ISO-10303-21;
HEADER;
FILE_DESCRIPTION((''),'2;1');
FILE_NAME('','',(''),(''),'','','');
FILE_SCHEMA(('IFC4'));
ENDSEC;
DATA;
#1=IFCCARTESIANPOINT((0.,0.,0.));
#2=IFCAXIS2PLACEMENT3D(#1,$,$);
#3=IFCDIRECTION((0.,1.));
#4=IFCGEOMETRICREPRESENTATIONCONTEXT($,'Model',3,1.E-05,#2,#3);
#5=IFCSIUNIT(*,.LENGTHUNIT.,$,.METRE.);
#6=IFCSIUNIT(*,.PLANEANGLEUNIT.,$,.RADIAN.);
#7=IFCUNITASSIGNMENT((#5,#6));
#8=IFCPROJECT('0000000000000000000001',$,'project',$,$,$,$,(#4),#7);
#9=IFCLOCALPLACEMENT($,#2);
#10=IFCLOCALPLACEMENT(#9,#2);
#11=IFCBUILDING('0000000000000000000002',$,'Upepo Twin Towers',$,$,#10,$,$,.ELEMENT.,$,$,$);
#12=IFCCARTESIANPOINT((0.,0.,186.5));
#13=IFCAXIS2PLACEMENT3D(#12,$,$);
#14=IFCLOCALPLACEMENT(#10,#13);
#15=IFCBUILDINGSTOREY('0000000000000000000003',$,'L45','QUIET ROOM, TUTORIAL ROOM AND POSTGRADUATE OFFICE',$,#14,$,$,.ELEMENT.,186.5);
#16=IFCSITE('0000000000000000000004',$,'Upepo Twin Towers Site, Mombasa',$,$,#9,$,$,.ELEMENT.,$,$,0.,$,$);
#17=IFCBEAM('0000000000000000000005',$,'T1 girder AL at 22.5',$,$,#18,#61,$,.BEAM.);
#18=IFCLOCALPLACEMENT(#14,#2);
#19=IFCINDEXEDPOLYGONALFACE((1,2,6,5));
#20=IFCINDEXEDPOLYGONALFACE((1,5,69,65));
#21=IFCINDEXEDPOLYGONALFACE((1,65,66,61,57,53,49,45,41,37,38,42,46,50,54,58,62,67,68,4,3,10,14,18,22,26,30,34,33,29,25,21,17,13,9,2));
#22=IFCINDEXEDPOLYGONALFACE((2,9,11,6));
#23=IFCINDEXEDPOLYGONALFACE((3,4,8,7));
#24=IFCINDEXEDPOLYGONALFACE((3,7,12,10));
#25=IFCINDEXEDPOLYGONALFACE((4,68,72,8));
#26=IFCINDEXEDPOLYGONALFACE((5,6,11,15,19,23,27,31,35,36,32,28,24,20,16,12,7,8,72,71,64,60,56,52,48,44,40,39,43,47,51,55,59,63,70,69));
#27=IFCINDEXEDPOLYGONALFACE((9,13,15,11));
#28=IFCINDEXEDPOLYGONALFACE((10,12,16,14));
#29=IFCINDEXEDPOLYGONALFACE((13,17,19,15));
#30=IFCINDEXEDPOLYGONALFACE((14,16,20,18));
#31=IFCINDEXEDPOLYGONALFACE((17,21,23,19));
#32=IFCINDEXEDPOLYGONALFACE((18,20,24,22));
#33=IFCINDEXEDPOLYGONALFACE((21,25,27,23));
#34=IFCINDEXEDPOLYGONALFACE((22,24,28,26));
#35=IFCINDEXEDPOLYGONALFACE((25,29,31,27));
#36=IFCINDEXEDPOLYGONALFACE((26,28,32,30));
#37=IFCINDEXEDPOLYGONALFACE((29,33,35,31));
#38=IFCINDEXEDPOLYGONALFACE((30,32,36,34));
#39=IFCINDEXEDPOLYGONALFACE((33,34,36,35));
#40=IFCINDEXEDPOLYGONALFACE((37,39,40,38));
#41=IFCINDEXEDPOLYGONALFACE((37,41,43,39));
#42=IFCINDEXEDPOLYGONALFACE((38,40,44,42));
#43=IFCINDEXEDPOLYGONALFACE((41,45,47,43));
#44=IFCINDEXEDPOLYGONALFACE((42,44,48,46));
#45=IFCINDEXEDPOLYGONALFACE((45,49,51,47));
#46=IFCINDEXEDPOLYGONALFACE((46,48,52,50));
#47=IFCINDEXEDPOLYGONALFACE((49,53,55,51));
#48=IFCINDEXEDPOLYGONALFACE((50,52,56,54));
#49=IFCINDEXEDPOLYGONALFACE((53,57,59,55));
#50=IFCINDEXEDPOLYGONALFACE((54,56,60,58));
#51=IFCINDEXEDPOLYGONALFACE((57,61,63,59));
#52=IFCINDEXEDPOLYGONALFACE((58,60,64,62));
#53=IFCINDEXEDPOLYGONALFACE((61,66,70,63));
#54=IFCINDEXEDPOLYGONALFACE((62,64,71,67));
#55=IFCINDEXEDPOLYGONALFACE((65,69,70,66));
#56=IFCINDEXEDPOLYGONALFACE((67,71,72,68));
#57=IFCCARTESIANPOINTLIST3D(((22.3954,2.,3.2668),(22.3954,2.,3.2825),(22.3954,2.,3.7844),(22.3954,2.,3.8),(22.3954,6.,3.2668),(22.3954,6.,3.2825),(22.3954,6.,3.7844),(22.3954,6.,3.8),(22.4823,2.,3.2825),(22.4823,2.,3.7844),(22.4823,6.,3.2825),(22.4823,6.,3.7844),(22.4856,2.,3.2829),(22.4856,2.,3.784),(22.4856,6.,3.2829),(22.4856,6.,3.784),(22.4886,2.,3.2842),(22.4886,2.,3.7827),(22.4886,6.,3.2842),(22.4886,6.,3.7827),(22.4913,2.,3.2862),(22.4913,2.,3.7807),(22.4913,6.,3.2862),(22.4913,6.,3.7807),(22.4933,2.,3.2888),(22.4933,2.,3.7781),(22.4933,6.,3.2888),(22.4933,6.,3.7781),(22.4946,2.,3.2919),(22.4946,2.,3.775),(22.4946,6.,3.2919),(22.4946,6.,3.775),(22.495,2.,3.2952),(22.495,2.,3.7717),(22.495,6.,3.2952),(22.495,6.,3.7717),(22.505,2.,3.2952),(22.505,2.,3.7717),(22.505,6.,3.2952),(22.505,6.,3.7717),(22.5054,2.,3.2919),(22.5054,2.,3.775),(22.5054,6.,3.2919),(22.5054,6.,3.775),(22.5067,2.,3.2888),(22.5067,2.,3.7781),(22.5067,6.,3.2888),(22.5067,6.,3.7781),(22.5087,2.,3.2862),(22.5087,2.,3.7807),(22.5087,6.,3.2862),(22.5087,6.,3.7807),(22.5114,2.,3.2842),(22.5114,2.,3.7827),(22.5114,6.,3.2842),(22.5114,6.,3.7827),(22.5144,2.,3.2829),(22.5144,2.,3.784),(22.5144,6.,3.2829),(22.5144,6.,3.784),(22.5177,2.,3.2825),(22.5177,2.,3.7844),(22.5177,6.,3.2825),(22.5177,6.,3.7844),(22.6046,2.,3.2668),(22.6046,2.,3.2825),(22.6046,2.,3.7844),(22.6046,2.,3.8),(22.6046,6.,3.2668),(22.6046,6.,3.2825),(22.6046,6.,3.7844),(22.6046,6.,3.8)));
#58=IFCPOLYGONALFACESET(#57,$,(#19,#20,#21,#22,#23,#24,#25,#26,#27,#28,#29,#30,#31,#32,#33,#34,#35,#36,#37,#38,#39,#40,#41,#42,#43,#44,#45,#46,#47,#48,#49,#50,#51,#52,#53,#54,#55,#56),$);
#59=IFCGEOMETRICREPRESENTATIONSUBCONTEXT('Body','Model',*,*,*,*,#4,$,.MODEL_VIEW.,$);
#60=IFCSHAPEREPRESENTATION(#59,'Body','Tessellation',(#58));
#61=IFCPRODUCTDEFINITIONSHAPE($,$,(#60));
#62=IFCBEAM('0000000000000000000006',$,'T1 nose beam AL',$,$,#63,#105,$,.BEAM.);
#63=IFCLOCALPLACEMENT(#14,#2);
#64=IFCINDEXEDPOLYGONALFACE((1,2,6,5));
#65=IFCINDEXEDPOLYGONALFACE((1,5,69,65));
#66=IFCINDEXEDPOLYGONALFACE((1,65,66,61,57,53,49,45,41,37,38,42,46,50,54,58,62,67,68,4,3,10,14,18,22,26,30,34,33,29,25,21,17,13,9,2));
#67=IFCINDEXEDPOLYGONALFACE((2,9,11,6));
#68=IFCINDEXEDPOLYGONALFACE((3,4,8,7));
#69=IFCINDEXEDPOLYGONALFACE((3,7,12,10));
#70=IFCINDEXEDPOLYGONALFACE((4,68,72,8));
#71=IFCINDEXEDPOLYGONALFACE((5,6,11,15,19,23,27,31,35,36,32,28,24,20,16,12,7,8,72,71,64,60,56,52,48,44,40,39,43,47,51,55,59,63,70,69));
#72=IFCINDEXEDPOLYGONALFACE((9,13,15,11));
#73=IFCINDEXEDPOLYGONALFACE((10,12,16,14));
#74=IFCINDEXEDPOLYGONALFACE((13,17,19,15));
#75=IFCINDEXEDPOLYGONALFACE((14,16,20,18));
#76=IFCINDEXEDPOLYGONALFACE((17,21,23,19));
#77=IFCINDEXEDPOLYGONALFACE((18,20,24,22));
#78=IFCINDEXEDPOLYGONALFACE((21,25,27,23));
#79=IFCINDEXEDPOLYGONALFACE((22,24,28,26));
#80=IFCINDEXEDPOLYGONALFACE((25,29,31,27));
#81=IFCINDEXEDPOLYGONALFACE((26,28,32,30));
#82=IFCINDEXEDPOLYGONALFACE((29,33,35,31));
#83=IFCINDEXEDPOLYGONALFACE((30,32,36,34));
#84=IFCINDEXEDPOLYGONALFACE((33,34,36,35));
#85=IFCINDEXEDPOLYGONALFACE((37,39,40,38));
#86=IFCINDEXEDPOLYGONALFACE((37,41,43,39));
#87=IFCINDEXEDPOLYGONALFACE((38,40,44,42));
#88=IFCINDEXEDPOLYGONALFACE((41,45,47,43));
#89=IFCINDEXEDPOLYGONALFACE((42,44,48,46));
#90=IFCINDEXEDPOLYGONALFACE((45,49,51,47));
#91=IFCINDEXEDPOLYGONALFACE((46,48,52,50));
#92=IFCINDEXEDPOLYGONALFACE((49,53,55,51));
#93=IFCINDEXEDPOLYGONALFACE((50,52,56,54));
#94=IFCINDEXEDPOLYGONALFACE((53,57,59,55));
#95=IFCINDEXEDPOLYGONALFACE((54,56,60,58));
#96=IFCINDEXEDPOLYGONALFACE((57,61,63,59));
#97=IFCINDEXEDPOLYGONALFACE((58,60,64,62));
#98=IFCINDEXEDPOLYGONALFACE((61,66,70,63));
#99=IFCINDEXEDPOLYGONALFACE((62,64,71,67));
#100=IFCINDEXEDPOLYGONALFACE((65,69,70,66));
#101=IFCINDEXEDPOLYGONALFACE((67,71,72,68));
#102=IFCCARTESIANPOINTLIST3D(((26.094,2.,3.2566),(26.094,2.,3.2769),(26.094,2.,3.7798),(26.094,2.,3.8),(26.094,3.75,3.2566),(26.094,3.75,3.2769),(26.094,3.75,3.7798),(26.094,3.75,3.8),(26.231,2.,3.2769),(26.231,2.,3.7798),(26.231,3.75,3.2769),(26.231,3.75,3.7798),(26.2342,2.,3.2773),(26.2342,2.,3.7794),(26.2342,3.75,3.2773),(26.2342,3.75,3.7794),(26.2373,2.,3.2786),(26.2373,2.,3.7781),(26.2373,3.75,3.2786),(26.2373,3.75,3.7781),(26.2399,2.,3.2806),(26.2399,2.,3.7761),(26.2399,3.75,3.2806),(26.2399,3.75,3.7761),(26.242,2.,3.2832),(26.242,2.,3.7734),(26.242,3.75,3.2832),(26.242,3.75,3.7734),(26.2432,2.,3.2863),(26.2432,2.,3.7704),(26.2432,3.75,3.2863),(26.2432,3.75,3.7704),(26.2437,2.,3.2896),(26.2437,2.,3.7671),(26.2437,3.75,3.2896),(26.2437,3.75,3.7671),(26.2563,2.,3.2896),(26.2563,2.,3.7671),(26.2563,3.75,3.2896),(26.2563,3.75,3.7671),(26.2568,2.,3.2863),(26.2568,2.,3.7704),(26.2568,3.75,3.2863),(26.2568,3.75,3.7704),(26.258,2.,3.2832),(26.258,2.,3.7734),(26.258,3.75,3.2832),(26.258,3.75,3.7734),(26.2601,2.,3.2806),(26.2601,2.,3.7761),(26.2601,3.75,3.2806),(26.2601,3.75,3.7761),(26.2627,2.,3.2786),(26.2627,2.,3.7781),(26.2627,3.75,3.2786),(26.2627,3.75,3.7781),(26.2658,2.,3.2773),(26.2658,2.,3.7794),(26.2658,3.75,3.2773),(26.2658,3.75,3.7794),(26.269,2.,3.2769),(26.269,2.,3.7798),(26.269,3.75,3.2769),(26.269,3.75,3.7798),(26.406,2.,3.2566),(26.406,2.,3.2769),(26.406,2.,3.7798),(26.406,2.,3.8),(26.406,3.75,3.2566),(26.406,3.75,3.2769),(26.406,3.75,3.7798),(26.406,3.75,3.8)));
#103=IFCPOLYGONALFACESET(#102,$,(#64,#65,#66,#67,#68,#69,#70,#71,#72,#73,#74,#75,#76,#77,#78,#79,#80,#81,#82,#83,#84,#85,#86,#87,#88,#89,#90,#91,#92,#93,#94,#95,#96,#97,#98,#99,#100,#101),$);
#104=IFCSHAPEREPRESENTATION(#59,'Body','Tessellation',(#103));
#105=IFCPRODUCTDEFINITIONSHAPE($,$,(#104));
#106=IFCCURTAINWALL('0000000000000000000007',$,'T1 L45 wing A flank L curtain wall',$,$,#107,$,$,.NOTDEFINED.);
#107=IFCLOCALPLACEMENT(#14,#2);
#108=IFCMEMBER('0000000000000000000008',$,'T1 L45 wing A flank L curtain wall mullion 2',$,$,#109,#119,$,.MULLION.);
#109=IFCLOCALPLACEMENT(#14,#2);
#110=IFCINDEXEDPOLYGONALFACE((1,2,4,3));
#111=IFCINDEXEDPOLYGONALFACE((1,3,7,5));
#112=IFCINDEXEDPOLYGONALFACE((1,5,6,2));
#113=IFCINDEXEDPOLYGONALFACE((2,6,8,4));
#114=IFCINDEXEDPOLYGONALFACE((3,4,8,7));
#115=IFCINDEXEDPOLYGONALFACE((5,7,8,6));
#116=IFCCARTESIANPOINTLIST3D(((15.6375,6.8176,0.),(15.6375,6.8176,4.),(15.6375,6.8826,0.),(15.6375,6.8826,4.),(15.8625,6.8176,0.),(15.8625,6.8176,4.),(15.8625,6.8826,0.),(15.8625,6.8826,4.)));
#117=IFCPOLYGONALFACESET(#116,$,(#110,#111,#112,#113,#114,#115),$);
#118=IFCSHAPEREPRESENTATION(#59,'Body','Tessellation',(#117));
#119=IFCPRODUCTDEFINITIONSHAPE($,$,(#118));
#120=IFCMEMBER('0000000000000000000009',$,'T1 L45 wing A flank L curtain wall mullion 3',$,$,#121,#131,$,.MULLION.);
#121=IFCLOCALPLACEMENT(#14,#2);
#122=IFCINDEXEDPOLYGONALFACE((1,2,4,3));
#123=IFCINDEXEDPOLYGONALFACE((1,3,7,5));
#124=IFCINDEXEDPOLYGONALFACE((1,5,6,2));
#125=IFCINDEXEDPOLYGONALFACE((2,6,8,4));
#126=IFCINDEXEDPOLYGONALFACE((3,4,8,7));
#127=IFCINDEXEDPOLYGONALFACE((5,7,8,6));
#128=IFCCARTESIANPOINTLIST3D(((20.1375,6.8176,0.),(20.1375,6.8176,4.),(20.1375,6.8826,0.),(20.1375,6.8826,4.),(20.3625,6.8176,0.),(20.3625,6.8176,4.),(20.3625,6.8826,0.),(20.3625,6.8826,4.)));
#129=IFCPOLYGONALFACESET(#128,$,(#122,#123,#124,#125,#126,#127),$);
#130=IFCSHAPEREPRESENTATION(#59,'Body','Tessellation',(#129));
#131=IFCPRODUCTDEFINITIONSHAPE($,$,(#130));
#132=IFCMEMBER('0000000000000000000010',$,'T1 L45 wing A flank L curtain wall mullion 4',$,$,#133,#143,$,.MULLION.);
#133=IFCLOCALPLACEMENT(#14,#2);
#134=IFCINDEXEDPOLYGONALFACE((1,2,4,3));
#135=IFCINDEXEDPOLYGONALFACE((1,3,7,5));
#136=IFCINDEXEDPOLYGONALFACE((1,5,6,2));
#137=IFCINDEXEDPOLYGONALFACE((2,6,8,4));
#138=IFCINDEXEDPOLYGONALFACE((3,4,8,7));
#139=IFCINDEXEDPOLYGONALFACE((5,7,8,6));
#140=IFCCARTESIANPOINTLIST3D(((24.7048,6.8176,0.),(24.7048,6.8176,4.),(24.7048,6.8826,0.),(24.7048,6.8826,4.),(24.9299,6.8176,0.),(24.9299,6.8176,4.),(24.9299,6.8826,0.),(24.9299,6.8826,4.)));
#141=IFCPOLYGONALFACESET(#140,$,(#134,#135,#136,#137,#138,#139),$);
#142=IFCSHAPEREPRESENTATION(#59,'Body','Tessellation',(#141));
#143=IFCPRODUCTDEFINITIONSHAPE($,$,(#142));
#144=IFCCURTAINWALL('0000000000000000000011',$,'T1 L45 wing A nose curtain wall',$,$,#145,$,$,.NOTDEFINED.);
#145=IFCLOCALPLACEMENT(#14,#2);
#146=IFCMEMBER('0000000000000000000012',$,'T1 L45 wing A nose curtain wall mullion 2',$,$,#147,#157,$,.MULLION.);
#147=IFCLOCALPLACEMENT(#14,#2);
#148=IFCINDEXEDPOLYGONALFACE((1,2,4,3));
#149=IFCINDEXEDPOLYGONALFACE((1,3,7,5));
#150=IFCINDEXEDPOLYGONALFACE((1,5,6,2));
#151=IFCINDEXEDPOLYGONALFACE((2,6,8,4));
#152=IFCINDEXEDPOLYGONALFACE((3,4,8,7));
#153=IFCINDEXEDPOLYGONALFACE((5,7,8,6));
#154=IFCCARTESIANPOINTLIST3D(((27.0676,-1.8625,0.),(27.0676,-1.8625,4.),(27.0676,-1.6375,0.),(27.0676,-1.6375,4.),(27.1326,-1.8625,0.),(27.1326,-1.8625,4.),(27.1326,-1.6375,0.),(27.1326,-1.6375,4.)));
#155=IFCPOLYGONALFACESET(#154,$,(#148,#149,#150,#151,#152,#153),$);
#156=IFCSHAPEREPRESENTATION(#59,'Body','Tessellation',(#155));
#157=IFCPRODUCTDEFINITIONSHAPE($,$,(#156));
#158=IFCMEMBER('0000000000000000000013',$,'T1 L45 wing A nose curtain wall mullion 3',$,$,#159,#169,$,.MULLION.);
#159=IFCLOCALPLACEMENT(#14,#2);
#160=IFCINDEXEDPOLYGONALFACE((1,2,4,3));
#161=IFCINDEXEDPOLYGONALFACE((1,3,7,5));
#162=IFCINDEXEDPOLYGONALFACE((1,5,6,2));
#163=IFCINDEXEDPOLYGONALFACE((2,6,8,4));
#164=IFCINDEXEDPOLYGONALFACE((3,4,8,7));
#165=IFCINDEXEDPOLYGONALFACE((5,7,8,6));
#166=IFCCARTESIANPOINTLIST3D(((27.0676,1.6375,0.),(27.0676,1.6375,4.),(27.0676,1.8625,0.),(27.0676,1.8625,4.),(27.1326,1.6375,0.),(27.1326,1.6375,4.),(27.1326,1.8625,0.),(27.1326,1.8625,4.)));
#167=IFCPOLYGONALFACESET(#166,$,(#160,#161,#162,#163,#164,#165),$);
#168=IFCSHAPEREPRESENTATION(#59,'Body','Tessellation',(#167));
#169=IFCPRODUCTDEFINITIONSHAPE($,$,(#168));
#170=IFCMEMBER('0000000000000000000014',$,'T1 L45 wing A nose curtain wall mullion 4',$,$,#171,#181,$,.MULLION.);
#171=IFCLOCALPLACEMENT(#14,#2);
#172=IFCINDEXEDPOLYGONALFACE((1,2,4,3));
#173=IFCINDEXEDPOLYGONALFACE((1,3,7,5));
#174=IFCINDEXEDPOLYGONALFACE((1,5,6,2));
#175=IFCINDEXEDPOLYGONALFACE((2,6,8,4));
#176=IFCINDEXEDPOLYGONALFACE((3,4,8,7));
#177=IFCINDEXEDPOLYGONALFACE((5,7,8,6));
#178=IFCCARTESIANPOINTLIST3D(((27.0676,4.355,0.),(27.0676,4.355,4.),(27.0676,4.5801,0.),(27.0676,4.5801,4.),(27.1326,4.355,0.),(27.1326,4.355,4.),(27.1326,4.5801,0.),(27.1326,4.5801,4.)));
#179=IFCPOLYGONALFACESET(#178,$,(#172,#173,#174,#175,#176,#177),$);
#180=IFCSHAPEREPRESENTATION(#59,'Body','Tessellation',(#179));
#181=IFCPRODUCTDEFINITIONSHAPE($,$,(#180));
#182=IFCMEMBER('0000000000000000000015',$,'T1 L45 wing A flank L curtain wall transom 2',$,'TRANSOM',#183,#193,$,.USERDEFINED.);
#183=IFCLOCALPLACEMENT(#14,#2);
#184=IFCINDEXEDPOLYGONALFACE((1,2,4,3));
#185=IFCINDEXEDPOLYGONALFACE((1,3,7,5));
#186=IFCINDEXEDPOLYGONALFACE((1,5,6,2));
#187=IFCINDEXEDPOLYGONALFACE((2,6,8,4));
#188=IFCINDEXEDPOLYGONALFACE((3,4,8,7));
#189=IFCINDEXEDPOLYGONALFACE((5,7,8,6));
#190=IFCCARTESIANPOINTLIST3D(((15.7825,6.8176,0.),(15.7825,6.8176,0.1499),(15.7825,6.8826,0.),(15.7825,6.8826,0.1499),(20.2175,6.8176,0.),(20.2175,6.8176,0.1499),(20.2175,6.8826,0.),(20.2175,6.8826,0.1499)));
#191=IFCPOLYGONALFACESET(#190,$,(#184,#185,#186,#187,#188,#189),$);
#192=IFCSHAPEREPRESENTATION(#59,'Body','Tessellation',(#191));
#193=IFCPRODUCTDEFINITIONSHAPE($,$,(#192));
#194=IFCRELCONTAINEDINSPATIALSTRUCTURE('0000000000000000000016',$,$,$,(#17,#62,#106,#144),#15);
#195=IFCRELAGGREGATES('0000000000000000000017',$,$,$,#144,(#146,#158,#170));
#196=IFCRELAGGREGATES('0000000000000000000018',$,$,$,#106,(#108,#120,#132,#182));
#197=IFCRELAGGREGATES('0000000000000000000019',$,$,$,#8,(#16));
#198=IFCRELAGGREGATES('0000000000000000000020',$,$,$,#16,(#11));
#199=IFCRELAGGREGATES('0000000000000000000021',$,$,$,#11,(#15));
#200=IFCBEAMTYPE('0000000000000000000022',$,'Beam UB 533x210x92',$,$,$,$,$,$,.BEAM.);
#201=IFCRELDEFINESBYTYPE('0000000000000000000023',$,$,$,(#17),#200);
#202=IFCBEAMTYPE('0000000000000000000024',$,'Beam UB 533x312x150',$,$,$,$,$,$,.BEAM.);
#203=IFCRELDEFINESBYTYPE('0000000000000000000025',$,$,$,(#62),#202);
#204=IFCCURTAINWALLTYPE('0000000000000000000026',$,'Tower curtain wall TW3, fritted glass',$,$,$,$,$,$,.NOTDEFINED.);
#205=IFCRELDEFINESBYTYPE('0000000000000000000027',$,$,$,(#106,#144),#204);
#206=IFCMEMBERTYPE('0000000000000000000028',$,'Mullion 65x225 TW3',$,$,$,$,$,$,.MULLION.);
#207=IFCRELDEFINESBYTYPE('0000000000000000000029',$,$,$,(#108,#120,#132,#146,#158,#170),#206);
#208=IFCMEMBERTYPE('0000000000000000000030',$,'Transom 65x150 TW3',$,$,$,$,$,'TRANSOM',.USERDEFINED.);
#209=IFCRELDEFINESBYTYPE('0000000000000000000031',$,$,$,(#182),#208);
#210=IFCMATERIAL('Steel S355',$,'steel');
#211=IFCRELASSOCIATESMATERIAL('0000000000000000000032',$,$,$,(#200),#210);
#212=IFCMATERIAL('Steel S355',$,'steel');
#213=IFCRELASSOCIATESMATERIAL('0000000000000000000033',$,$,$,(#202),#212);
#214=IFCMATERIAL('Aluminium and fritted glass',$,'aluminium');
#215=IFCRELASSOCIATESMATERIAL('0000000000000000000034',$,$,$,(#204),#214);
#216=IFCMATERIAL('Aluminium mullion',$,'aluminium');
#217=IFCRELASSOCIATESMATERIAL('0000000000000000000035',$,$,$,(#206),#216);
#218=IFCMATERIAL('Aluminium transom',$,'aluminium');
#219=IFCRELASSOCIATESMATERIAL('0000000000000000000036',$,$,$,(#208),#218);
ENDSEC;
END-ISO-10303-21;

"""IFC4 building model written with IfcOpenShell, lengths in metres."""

from ifc_helpers import new_model, si_unit, direction, frame, origin, origin_2d, place, context, subcontext, project, spatial, rectangle, i_section, extrude, material, material_profile, profile_set, type_object, element, aggregate, save


model = new_model("IFC4")

# Units and contexts
model_context = context("Model", 3, precision=1e-05, world=origin(), true_north=direction((0.0, 1.0)))
body_context = subcontext(model_context, "Body", "Model", "MODEL_VIEW")
ifc_project = project(units=[si_unit("LENGTHUNIT", "METRE"), si_unit("PLANEANGLEUNIT", "RADIAN")], contexts=[model_context])

# Site, building, storey
site_placement = place(None, origin())
site = spatial("IfcSite", under=ifc_project, at=site_placement, Name="Upepo Twin Towers Site, Mombasa", CompositionType="ELEMENT", RefElevation=0.0)
building_placement = place(site_placement, origin())
building = spatial("IfcBuilding", under=site, at=building_placement, Name="Upepo Twin Towers", CompositionType="ELEMENT")
storey_placement = place(building_placement, frame((0.0, 0.0, 186.5)))
storey = spatial("IfcBuildingStorey", under=building, at=storey_placement, Name="L45", Description="QUIET ROOM, TUTORIAL ROOM AND POSTGRADUATE OFFICE", CompositionType="ELEMENT", Elevation=186.5)

# Beams
ifc_material_1 = material(Name="Steel S355", Category="steel")
ifc_material_profile_1 = material_profile(ifc_material_1, i_section(OverallWidth=0.2092, OverallDepth=0.5332, WebThickness=0.01, FlangeThickness=0.0156, FilletRadius=0.0127, at=origin_2d()), Name="UB 533x210x92")
ifc_profile_set_1 = profile_set([ifc_material_profile_1], Name="Steel S355")
beam_type_1 = type_object("IfcBeamType", Name="Beam UB 533x210x92", PredefinedType="BEAM", material=ifc_profile_set_1)
for number, where, z_axis, x_axis, name in (
    (1, (22.5, 6.0, 3.5334), (0.0, -1.0, 0.0), (1.0, 0.0, 0.0), "T1 girder AL at 22.5"),
):
    element("IfcBeam", number, at=place(storey_placement, frame(where, z_axis=z_axis, x_axis=x_axis)), inside=storey, type_object=beam_type_1, Name=name, PredefinedType="BEAM", context=body_context, shape_type="SweptSolid", body=[
        extrude(i_section(OverallWidth=0.2092, OverallDepth=0.5332, WebThickness=0.01, FlangeThickness=0.0156, FilletRadius=0.0127, at=origin_2d()), origin(), (0.0, 0.0, 1.0), 4.0),
    ])
ifc_material_2 = material(Name="Steel S355", Category="steel")
ifc_material_profile_2 = material_profile(ifc_material_2, i_section(OverallWidth=0.312, OverallDepth=0.5435, WebThickness=0.0127, FlangeThickness=0.0203, FilletRadius=0.0127, at=origin_2d()), Name="UB 533x312x150")
ifc_profile_set_2 = profile_set([ifc_material_profile_2], Name="Steel S355")
beam_type_2 = type_object("IfcBeamType", Name="Beam UB 533x312x150", PredefinedType="BEAM", material=ifc_profile_set_2)
beam_1_placement = place(storey_placement, frame((26.25, 3.75, 3.5283), z_axis=(0.0, -1.0, 0.0), x_axis=(1.0, 0.0, 0.0)))
element("IfcBeam", 2, at=beam_1_placement, inside=storey, type_object=beam_type_2, Name="T1 nose beam AL", PredefinedType="BEAM", context=body_context, shape_type="SweptSolid", body=[
    extrude(i_section(OverallWidth=0.312, OverallDepth=0.5435, WebThickness=0.0127, FlangeThickness=0.0203, FilletRadius=0.0127, at=origin_2d()), origin(), (0.0, 0.0, 1.0), 1.75),
])

# Curtain walls, members
ifc_material_3 = material(Name="Aluminium and fritted glass", Category="aluminium")
curtain_wall_type = type_object("IfcCurtainWallType", Name="Tower curtain wall TW3, fritted glass", PredefinedType="NOTDEFINED", material=ifc_material_3)
curtain_wall_1_placement = place(storey_placement, origin())
curtain_wall_1 = element("IfcCurtainWall", 3, at=curtain_wall_1_placement, inside=storey, type_object=curtain_wall_type, Name="T1 L45 wing A flank L curtain wall", PredefinedType="NOTDEFINED")
ifc_material_4 = material(Name="Aluminium mullion", Category="aluminium")
ifc_material_profile_3 = material_profile(ifc_material_4, rectangle(XDim=0.0649, YDim=0.2251, at=origin_2d()), Name="MULLION 65x225")
ifc_profile_set_3 = profile_set([ifc_material_profile_3], Name="Aluminium mullion")
member_type_1 = type_object("IfcMemberType", Name="Mullion 65x225 TW3", PredefinedType="MULLION", material=ifc_profile_set_3)
member_1_placement = place(storey_placement, frame((15.75, 6.8501, 0.0), z_axis=(0.0, 0.0, 1.0), x_axis=(0.0, 1.0, 0.0)))
member_1 = element("IfcMember", 4, at=member_1_placement, type_object=member_type_1, Name="T1 L45 wing A flank L curtain wall mullion 2", PredefinedType="MULLION", context=body_context, shape_type="SweptSolid", body=[
    extrude(rectangle(XDim=0.0649, YDim=0.2251, at=origin_2d()), origin(), (0.0, 0.0, 1.0), 4.0),
])
member_2_placement = place(storey_placement, frame((20.25, 6.8501, 0.0), z_axis=(0.0, 0.0, 1.0), x_axis=(0.0, 1.0, 0.0)))
member_2 = element("IfcMember", 5, at=member_2_placement, type_object=member_type_1, Name="T1 L45 wing A flank L curtain wall mullion 3", PredefinedType="MULLION", context=body_context, shape_type="SweptSolid", body=[
    extrude(rectangle(XDim=0.0649, YDim=0.2251, at=origin_2d()), origin(), (0.0, 0.0, 1.0), 4.0),
])
member_3_placement = place(storey_placement, frame((24.8174, 6.8501, 0.0), z_axis=(0.0, 0.0, 1.0), x_axis=(0.0, 1.0, 0.0)))
member_3 = element("IfcMember", 6, at=member_3_placement, type_object=member_type_1, Name="T1 L45 wing A flank L curtain wall mullion 4", PredefinedType="MULLION", context=body_context, shape_type="SweptSolid", body=[
    extrude(rectangle(XDim=0.0649, YDim=0.2251, at=origin_2d()), origin(), (0.0, 0.0, 1.0), 4.0),
])
curtain_wall_2_placement = place(storey_placement, origin())
curtain_wall_2 = element("IfcCurtainWall", 7, at=curtain_wall_2_placement, inside=storey, type_object=curtain_wall_type, Name="T1 L45 wing A nose curtain wall", PredefinedType="NOTDEFINED")
member_4_placement = place(storey_placement, frame((27.1001, -1.75, 0.0), z_axis=(0.0, 0.0, 1.0), x_axis=(-1.0, 0.0, 0.0)))
member_4 = element("IfcMember", 8, at=member_4_placement, type_object=member_type_1, Name="T1 L45 wing A nose curtain wall mullion 2", PredefinedType="MULLION", context=body_context, shape_type="SweptSolid", body=[
    extrude(rectangle(XDim=0.0649, YDim=0.2251, at=origin_2d()), origin(), (0.0, 0.0, 1.0), 4.0),
])
member_5_placement = place(storey_placement, frame((27.1001, 1.75, 0.0), z_axis=(0.0, 0.0, 1.0), x_axis=(-1.0, 0.0, 0.0)))
member_5 = element("IfcMember", 9, at=member_5_placement, type_object=member_type_1, Name="T1 L45 wing A nose curtain wall mullion 3", PredefinedType="MULLION", context=body_context, shape_type="SweptSolid", body=[
    extrude(rectangle(XDim=0.0649, YDim=0.2251, at=origin_2d()), origin(), (0.0, 0.0, 1.0), 4.0),
])
member_6_placement = place(storey_placement, frame((27.1001, 4.4675, 0.0), z_axis=(0.0, 0.0, 1.0), x_axis=(-1.0, 0.0, 0.0)))
member_6 = element("IfcMember", 10, at=member_6_placement, type_object=member_type_1, Name="T1 L45 wing A nose curtain wall mullion 4", PredefinedType="MULLION", context=body_context, shape_type="SweptSolid", body=[
    extrude(rectangle(XDim=0.0649, YDim=0.2251, at=origin_2d()), origin(), (0.0, 0.0, 1.0), 4.0),
])
aggregate(curtain_wall_2, [member_4, member_5, member_6])

# Member
ifc_material_5 = material(Name="Aluminium transom", Category="aluminium")
ifc_material_profile_4 = material_profile(ifc_material_5, rectangle(XDim=0.0649, YDim=0.1499, at=origin_2d()), Name="TRANSOM 65x150")
ifc_profile_set_4 = profile_set([ifc_material_profile_4], Name="Aluminium transom")
member_type_2 = type_object("IfcMemberType", Name="Transom 65x150 TW3", ElementType="TRANSOM", PredefinedType="USERDEFINED", material=ifc_profile_set_4)
member_7_placement = place(storey_placement, frame((15.7825, 6.8501, 0.075), z_axis=(1.0, 0.0, 0.0), x_axis=(0.0, 1.0, 0.0)))
member_7 = element("IfcMember", 11, at=member_7_placement, type_object=member_type_2, Name="T1 L45 wing A flank L curtain wall transom 2", ObjectType="TRANSOM", PredefinedType="USERDEFINED", context=body_context, shape_type="SweptSolid", body=[
    extrude(rectangle(XDim=0.0649, YDim=0.1499, at=origin_2d()), origin(), (0.0, 0.0, 1.0), 4.4351),
])

aggregate(curtain_wall_1, [member_1, member_2, member_3, member_7])

save(model, "model.ifc")
